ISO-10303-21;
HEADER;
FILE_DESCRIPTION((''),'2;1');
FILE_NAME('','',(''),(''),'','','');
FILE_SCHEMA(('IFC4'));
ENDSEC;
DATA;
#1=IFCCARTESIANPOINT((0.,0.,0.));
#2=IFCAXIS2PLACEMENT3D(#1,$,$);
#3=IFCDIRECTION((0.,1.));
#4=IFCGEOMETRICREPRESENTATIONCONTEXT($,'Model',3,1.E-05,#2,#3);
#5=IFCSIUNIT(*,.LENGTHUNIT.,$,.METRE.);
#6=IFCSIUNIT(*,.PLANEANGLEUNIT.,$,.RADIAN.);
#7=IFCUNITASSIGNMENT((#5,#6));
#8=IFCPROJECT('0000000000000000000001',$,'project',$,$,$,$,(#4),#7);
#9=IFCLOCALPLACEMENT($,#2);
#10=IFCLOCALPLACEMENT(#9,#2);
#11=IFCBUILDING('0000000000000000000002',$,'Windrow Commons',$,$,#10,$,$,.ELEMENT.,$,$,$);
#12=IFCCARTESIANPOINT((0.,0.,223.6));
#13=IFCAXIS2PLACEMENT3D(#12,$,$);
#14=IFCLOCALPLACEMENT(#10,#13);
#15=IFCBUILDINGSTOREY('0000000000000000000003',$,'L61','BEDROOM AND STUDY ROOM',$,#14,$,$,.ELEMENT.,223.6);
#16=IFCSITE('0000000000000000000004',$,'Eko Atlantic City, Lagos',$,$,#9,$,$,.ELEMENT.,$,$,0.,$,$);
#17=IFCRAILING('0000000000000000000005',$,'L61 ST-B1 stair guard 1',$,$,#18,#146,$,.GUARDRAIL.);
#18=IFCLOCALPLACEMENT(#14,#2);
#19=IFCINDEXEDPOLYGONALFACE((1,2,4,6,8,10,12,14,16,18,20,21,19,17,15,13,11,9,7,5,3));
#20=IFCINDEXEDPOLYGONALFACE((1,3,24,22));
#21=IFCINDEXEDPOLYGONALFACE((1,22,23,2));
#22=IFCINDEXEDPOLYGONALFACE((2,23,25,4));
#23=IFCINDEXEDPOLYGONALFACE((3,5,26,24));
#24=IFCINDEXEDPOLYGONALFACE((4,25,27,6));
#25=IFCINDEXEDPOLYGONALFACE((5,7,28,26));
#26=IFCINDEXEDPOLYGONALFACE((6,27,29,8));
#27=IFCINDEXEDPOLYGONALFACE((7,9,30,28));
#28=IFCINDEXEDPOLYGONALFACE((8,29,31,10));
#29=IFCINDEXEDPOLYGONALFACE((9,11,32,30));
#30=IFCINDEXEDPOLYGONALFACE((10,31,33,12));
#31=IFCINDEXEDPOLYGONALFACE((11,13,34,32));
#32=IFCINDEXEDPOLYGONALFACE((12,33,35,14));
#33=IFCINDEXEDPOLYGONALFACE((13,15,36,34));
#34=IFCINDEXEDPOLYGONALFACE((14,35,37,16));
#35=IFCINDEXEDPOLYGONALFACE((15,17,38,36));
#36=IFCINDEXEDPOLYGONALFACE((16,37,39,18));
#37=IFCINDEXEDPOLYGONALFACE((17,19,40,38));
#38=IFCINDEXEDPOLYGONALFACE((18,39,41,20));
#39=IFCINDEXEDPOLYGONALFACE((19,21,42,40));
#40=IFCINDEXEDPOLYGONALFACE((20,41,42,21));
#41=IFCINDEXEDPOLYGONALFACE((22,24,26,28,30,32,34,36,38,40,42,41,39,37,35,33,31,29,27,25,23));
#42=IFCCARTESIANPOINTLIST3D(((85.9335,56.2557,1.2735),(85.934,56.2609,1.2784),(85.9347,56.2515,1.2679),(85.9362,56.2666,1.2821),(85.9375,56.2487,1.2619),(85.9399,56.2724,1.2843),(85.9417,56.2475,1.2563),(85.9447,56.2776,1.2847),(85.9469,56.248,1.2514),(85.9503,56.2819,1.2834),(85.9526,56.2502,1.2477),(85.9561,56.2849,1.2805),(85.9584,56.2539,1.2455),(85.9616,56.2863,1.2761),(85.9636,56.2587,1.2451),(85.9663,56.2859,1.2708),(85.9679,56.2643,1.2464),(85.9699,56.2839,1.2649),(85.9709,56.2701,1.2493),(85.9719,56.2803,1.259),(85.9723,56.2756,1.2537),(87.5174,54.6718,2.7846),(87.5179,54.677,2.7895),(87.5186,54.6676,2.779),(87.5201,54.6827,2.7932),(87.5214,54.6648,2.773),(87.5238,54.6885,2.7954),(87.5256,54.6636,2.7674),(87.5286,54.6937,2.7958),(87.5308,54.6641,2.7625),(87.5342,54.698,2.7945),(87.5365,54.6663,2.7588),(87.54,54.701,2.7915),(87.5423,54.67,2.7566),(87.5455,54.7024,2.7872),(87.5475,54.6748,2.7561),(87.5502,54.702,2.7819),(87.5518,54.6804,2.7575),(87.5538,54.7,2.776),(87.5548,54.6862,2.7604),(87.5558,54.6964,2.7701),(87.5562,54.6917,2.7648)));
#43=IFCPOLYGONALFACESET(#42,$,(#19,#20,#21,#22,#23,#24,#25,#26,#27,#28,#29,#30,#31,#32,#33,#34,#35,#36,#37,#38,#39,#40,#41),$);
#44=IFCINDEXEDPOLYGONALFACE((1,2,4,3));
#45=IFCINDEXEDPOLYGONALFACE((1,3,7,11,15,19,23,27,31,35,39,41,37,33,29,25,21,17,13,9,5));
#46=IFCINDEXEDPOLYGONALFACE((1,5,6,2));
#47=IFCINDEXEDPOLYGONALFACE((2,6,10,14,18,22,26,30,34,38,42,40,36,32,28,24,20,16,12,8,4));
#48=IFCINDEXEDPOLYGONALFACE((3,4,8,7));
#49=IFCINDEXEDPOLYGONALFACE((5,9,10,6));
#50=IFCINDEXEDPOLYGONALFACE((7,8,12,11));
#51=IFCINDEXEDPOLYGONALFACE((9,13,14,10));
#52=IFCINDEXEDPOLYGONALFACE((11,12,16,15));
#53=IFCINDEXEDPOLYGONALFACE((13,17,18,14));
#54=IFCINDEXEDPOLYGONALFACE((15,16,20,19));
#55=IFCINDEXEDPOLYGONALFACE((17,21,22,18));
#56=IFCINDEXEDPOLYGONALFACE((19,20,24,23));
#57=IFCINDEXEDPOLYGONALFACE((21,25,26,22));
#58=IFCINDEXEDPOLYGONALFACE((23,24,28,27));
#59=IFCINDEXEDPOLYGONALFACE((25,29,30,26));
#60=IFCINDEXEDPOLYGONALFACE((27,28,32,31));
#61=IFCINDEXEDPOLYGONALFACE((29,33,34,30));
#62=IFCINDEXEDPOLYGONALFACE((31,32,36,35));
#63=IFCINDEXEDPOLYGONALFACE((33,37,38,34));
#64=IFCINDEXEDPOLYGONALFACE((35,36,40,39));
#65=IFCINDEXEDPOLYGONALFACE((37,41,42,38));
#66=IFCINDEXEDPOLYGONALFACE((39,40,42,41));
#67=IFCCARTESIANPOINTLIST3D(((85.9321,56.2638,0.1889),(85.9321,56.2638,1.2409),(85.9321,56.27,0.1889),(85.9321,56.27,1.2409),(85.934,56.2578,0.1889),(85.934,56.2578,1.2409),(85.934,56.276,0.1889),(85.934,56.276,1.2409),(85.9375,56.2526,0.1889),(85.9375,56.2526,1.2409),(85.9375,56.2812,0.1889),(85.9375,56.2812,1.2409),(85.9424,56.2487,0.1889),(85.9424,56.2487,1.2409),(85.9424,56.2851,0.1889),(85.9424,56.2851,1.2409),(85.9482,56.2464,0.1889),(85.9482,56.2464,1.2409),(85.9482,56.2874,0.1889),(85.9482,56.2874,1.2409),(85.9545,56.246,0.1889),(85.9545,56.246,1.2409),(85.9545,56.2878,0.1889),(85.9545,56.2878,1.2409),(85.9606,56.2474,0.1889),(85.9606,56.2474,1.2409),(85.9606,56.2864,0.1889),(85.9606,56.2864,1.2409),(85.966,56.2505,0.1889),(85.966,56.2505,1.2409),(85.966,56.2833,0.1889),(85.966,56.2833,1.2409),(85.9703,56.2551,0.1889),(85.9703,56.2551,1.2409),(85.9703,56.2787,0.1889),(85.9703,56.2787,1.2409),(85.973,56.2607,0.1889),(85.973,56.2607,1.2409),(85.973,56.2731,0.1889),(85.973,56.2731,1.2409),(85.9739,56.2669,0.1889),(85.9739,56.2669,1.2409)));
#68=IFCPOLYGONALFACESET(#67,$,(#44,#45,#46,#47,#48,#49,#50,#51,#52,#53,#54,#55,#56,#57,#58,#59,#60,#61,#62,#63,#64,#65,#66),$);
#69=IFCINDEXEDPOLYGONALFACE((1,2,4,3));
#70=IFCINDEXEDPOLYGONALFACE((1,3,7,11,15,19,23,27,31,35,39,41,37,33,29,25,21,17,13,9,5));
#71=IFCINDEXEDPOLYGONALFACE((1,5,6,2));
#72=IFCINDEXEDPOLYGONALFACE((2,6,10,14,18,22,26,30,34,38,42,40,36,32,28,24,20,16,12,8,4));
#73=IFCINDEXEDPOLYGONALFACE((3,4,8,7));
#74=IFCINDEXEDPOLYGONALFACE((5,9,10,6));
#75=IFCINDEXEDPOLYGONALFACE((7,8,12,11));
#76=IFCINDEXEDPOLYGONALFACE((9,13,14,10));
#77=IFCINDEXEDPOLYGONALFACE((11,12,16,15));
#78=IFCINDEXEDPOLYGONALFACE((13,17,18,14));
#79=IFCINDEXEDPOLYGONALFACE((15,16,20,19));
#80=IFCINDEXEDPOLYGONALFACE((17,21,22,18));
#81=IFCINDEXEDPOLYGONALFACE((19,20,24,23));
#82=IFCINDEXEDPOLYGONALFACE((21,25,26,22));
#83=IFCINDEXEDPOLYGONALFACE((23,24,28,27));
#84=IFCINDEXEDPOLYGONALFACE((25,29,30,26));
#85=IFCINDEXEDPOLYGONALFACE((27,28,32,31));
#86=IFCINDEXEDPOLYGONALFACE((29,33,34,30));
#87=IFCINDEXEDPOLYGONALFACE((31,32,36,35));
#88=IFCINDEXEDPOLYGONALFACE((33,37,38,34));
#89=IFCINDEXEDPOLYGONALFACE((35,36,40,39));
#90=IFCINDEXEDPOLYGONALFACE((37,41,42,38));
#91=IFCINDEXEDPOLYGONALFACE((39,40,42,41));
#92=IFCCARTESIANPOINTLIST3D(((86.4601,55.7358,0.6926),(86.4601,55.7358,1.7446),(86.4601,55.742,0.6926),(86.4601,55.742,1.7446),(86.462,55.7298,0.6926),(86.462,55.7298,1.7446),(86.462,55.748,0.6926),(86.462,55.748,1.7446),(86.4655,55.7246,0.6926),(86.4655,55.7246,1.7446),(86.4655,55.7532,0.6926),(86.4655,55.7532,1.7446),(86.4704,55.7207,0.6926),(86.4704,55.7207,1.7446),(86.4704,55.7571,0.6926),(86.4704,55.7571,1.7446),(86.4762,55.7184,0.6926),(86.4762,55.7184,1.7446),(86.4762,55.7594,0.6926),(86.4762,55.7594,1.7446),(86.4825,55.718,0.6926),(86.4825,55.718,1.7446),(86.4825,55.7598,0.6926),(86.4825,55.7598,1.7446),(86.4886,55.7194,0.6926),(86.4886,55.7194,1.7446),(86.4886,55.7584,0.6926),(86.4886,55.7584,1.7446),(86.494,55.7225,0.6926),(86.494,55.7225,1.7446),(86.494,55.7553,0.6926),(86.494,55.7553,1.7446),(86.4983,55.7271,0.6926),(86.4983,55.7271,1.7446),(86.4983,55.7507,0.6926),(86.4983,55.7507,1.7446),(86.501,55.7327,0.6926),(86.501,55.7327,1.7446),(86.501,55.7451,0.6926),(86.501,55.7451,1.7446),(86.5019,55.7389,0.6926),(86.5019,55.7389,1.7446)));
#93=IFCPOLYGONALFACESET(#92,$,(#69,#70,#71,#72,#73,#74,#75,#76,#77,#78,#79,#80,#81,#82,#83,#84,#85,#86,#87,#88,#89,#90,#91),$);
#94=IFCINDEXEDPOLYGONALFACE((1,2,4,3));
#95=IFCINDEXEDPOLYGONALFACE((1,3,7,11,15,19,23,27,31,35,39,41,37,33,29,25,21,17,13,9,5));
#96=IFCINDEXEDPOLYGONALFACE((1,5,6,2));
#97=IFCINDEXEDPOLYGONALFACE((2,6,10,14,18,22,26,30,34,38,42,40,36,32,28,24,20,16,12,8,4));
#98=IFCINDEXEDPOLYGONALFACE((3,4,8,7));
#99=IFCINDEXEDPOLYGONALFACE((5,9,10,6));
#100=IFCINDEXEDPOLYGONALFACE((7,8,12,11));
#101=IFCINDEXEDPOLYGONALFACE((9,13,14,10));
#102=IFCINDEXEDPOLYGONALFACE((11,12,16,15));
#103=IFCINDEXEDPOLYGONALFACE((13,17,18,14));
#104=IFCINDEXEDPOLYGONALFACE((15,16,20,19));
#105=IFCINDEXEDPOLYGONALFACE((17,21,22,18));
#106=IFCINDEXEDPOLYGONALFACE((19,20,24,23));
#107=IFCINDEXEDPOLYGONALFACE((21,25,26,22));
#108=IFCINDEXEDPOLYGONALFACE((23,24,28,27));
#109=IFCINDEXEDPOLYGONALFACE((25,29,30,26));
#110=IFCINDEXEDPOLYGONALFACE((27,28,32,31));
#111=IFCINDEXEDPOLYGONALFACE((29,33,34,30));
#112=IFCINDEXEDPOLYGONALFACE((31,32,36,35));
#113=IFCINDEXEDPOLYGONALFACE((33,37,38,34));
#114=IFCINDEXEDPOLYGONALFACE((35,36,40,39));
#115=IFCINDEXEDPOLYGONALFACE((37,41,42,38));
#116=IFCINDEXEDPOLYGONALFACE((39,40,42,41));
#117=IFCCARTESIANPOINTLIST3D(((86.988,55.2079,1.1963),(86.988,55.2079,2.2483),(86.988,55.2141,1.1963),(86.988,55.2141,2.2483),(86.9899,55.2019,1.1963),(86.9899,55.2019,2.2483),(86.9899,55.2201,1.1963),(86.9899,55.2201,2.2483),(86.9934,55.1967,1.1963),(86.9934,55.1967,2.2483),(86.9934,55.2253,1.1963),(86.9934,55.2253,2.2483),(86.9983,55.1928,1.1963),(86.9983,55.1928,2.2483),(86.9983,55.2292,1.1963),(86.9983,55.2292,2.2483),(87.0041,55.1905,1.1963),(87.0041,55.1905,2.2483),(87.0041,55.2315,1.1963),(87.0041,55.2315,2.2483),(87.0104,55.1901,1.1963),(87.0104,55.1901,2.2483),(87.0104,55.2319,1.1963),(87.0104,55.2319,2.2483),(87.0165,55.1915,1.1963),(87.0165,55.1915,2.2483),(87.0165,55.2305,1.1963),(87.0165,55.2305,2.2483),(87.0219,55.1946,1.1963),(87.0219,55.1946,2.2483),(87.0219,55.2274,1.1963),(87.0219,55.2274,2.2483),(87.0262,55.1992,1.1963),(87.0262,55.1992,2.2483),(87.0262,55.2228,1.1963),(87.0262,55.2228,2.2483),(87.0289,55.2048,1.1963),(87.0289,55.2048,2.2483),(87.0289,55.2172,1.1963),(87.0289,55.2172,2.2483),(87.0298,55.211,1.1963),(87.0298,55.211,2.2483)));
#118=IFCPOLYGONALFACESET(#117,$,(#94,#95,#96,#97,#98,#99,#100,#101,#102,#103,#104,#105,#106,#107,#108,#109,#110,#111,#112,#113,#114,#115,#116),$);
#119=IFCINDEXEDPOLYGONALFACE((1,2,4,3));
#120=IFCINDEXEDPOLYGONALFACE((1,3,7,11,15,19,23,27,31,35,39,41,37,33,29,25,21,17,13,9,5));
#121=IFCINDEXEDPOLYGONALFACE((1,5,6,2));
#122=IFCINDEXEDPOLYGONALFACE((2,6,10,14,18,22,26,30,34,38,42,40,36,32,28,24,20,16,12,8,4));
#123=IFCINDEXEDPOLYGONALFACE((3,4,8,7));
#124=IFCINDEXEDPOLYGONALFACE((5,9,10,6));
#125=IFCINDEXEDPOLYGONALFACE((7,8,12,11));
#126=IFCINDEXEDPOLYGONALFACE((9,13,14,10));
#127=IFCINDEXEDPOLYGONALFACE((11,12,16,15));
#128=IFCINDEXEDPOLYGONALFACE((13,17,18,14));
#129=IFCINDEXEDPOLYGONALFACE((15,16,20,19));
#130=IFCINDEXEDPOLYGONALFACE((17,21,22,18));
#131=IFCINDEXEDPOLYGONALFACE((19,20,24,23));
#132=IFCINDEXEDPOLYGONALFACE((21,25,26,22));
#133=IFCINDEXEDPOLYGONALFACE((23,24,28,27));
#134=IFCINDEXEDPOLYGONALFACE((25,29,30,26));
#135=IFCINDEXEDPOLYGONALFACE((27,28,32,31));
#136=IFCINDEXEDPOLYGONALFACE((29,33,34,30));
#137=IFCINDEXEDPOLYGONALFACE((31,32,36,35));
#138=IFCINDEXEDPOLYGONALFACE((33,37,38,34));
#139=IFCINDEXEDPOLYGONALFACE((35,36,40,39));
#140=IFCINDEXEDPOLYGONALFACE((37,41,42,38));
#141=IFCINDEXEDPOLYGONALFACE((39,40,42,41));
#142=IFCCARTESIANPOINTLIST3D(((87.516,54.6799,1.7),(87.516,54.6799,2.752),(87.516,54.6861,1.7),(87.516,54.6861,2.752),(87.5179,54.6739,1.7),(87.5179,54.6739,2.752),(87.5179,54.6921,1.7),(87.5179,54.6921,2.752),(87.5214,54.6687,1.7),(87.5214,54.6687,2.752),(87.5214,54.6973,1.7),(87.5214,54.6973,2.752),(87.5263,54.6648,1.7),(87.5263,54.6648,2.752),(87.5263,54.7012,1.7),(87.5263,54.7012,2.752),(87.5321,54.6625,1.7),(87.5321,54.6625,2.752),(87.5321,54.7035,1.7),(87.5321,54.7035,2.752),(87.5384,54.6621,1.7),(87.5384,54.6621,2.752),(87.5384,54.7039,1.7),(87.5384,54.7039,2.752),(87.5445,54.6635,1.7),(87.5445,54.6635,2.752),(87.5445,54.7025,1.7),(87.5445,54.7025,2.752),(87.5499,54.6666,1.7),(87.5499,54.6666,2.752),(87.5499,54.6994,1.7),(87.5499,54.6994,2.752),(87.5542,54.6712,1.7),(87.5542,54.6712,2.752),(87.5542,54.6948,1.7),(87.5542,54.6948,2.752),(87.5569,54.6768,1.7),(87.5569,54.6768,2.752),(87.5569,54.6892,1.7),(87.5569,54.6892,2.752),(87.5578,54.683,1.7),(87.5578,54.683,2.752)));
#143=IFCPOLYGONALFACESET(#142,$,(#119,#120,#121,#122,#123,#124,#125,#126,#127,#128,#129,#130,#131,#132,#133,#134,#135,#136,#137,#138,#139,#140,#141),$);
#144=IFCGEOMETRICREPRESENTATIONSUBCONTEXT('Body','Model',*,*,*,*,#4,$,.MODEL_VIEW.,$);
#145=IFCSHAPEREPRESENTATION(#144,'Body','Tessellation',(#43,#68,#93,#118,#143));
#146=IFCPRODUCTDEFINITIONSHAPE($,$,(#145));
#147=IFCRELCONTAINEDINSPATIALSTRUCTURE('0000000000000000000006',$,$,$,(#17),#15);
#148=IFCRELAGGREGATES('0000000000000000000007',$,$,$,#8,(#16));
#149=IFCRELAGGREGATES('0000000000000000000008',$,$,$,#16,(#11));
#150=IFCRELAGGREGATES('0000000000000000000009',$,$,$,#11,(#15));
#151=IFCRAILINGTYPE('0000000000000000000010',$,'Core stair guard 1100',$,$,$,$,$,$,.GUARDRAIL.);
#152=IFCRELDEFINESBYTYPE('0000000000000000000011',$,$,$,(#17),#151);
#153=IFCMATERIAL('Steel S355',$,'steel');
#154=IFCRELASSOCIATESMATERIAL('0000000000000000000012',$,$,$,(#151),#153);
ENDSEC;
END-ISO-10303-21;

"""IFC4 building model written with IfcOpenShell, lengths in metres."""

from ifc_helpers import new_model, si_unit, direction, frame, origin, origin_2d, place, context, subcontext, project, spatial, circle, extrude, material, type_object, element, save


model = new_model("IFC4")

# Units and contexts
model_context = context("Model", 3, precision=1e-05, world=origin(), true_north=direction((0.0, 1.0)))
body_context = subcontext(model_context, "Body", "Model", "MODEL_VIEW")
ifc_project = project(units=[si_unit("LENGTHUNIT", "METRE"), si_unit("PLANEANGLEUNIT", "RADIAN")], contexts=[model_context])

# Site, building, storey
site_placement = place(None, origin())
site = spatial("IfcSite", under=ifc_project, at=site_placement, Name="Eko Atlantic City, Lagos", CompositionType="ELEMENT", RefElevation=0.0)
building_placement = place(site_placement, origin())
building = spatial("IfcBuilding", under=site, at=building_placement, Name="Windrow Commons", CompositionType="ELEMENT")
storey_placement = place(building_placement, frame((0.0, 0.0, 223.6)))
storey = spatial("IfcBuildingStorey", under=building, at=storey_placement, Name="L61", Description="BEDROOM AND STUDY ROOM", CompositionType="ELEMENT", Elevation=223.6)

# Railing
ifc_material_1 = material(Name="Steel S355", Category="steel")
railing_type_1 = type_object("IfcRailingType", Name="Core stair guard 1100", PredefinedType="GUARDRAIL", material=ifc_material_1)
railing_1_placement = place(storey_placement, frame((85.9529, 56.2669, 0.1889)))
element("IfcRailing", 1, at=railing_1_placement, inside=storey, type_object=railing_type_1, Name="L61 ST-B1 stair guard 1", PredefinedType="GUARDRAIL", context=body_context, shape_type="SweptSolid", body=[
    extrude(circle(Radius=0.024, at=origin_2d()), frame((0.0, 0.0, 1.076), z_axis=(0.586191, -0.586191, 0.559249), x_axis=(0.707107, 0.707107, 0.0)), (0.0, 0.0, 1.0), 2.702),
    extrude(circle(Radius=0.021, at=origin_2d()), origin(), (0.0, 0.0, 1.0), 1.052),
    extrude(circle(Radius=0.021, at=origin_2d()), frame((0.528, -0.528, 0.5037)), (0.0, 0.0, 1.0), 1.052),
    extrude(circle(Radius=0.021, at=origin_2d()), frame((1.0559, -1.0559, 1.0074)), (0.0, 0.0, 1.0), 1.052),
    extrude(circle(Radius=0.021, at=origin_2d()), frame((1.5839, -1.5839, 1.5111)), (0.0, 0.0, 1.0), 1.052),
])

save(model, "model.ifc")
